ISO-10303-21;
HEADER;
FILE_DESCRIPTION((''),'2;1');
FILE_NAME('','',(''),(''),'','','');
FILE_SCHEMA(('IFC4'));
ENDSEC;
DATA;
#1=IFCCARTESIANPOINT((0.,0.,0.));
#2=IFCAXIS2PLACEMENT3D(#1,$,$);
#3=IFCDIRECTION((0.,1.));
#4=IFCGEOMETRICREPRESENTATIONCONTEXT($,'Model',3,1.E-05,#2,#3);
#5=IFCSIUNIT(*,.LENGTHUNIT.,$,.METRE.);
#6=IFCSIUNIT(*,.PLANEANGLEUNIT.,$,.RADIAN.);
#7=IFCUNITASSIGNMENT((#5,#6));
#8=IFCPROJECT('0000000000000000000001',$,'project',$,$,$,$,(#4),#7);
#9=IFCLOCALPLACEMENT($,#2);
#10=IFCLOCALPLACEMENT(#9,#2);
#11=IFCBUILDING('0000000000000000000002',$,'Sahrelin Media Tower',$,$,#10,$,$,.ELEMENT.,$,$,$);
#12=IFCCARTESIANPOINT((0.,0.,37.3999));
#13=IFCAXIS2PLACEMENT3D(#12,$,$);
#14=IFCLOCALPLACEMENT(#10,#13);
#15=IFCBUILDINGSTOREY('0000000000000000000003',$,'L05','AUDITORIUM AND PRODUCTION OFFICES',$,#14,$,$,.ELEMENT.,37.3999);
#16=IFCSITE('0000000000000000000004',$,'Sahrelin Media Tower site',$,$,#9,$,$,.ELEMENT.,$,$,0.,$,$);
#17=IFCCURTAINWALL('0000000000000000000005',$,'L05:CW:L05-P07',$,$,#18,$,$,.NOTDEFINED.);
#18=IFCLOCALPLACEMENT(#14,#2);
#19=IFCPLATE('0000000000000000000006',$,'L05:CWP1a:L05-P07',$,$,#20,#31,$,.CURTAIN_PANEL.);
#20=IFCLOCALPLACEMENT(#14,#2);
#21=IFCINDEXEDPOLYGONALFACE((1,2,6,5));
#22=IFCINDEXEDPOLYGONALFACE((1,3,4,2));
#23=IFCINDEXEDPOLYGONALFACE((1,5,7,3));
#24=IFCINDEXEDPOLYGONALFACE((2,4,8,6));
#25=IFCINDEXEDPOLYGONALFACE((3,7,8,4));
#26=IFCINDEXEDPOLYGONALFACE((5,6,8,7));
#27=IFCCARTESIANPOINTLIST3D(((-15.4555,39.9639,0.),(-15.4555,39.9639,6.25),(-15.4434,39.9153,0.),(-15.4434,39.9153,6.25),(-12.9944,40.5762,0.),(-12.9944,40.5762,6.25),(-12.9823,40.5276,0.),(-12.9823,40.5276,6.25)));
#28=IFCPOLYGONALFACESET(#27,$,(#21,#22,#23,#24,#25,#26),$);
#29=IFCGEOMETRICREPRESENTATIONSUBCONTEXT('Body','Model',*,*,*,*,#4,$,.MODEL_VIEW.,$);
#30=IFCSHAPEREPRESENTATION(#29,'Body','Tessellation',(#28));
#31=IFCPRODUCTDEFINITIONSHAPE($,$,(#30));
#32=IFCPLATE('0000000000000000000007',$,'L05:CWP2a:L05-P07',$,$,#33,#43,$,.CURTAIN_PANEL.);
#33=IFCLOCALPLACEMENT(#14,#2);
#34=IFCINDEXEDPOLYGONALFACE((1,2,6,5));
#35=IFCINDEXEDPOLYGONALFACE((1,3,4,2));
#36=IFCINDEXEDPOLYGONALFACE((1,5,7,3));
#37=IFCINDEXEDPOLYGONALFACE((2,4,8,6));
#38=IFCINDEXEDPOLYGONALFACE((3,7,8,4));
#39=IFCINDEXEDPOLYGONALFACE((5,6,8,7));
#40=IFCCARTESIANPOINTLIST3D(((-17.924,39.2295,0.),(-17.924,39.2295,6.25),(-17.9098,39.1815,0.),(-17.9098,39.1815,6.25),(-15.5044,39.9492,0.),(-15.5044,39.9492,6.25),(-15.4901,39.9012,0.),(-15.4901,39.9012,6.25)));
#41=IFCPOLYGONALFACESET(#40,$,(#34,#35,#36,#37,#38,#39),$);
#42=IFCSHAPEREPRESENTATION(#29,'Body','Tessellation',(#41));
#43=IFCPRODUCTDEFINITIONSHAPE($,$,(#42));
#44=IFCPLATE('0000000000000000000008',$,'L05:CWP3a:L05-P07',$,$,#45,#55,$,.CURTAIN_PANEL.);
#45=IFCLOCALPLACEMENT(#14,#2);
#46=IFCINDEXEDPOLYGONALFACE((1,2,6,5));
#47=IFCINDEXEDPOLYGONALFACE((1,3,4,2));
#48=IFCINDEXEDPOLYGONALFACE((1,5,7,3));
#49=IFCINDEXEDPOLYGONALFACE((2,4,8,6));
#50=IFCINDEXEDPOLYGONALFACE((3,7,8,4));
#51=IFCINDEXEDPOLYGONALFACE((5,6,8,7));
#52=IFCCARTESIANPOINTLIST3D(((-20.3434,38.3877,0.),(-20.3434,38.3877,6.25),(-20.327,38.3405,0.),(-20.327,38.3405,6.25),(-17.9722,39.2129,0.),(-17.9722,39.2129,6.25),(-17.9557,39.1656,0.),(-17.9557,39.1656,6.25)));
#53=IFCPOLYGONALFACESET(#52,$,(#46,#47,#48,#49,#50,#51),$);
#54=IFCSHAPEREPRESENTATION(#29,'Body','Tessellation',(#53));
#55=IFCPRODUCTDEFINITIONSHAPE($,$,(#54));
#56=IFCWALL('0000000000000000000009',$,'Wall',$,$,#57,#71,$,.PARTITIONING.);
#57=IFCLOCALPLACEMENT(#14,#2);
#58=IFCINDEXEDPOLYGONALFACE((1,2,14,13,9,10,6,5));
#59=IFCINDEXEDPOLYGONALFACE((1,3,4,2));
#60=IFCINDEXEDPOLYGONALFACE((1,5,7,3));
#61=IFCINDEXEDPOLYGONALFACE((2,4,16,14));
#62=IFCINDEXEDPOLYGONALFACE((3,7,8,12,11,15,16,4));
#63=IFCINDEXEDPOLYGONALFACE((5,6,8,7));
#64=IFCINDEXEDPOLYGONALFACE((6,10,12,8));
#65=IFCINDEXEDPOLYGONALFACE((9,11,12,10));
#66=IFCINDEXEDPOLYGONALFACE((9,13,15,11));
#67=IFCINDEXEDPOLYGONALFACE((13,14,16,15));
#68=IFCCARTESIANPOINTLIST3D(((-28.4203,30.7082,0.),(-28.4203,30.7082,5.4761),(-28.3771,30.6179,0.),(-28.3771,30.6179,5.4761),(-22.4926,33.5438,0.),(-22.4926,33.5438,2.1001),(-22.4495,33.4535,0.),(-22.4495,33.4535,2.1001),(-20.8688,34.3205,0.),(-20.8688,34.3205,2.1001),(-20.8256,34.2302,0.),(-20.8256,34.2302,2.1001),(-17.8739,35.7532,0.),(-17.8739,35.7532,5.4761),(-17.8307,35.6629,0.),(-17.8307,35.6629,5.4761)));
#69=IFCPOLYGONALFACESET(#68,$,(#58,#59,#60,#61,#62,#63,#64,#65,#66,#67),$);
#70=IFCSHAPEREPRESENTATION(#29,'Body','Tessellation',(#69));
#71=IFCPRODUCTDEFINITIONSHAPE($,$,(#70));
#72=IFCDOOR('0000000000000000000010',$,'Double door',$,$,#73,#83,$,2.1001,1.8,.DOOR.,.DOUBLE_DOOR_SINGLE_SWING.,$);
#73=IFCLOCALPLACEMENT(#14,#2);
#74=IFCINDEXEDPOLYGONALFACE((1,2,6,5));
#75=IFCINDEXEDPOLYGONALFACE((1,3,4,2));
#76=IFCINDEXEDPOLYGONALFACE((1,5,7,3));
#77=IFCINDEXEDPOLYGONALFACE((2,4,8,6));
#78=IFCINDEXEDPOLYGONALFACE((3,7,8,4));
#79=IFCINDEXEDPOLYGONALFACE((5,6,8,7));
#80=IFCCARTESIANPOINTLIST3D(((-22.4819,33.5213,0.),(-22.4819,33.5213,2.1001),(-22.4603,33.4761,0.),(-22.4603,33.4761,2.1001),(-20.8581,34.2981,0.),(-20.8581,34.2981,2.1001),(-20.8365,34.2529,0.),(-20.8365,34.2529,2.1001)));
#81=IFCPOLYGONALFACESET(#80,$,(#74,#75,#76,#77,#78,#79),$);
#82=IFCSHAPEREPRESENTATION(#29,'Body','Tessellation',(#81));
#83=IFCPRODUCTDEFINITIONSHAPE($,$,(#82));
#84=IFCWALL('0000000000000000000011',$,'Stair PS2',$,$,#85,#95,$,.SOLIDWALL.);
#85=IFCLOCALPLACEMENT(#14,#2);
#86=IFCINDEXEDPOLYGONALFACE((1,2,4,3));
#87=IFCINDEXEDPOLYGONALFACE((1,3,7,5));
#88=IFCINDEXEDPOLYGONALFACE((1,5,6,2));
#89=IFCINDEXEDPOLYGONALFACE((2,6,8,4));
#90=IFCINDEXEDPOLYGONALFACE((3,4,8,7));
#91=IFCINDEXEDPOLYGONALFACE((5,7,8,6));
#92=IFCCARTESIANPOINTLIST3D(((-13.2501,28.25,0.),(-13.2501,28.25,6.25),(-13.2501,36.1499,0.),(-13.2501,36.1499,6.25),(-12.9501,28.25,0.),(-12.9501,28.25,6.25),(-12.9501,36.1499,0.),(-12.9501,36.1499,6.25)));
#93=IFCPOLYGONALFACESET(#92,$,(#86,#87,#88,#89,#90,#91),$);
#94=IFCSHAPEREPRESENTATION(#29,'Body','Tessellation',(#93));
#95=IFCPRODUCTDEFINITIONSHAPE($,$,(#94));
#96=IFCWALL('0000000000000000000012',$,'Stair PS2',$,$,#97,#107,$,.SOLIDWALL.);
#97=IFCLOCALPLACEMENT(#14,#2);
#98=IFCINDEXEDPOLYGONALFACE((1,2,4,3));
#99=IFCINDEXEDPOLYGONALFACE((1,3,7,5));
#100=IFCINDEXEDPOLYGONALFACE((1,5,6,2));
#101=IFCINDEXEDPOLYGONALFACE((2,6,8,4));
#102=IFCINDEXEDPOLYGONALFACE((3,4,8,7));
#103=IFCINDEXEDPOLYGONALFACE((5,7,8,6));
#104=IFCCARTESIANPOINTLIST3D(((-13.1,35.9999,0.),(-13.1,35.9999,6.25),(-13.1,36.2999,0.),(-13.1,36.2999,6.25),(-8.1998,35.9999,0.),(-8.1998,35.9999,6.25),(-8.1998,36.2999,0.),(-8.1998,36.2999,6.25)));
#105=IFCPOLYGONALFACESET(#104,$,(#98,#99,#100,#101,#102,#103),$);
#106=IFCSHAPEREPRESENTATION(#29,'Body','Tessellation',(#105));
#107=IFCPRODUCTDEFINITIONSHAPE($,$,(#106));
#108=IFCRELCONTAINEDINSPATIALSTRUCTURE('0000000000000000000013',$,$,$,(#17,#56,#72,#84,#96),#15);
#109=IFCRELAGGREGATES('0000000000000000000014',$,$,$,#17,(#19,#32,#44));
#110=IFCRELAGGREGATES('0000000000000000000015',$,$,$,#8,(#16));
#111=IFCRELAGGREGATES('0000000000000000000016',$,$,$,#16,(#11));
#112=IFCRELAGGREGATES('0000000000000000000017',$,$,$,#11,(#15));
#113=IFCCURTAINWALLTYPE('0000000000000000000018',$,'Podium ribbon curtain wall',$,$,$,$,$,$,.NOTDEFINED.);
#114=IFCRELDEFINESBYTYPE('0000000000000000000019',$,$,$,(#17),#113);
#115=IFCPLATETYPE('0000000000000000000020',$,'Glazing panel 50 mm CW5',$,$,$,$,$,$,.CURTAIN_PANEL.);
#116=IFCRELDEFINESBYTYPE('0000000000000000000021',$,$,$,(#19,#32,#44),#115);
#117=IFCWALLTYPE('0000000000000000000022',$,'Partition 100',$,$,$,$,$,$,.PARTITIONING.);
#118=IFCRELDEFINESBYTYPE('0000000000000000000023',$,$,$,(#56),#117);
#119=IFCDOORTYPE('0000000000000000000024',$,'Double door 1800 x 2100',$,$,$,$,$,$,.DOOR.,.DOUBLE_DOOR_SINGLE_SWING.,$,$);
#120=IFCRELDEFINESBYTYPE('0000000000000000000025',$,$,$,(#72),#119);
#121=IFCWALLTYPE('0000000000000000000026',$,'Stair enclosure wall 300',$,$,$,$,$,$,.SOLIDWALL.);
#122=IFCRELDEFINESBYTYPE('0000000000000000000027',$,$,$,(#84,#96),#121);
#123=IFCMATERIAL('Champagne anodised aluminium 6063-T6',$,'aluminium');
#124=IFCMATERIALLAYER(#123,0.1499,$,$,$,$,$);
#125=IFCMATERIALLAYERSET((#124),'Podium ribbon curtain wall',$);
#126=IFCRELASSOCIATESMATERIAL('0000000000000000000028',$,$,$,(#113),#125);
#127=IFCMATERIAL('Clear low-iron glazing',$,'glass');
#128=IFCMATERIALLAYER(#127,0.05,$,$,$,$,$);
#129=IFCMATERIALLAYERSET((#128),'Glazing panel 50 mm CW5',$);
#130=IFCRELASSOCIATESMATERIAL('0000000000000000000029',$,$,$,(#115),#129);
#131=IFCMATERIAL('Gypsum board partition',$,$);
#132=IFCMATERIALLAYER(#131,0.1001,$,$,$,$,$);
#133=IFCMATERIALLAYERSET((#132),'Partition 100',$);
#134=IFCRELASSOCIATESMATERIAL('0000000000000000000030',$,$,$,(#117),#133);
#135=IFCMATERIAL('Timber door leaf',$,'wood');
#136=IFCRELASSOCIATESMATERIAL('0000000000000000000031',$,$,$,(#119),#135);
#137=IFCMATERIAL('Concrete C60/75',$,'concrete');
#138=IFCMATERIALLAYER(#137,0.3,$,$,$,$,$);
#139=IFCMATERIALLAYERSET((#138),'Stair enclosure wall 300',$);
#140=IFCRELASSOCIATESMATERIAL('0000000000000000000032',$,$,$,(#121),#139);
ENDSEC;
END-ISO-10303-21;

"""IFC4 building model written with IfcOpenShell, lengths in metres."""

from ifc_helpers import new_model, si_unit, direction, frame, frame_2d, origin, place, context, subcontext, project, spatial, polyline, rectangle, outline, extrude, material, layer, layer_set, type_object, element, fill, aggregate, save


model = new_model("IFC4")

# Units and contexts
model_context = context("Model", 3, precision=1e-05, world=origin(), true_north=direction((0.0, 1.0)))
body_context = subcontext(model_context, "Body", "Model", "MODEL_VIEW")
ifc_project = project(units=[si_unit("LENGTHUNIT", "METRE"), si_unit("PLANEANGLEUNIT", "RADIAN")], contexts=[model_context])

# Site, building, storey
site_placement = place(None, origin())
site = spatial("IfcSite", under=ifc_project, at=site_placement, Name="Sahrelin Media Tower site", CompositionType="ELEMENT", RefElevation=0.0)
building_placement = place(site_placement, origin())
building = spatial("IfcBuilding", under=site, at=building_placement, Name="Sahrelin Media Tower", CompositionType="ELEMENT")
storey_placement = place(building_placement, frame((0.0, 0.0, 37.3999)))
storey = spatial("IfcBuildingStorey", under=building, at=storey_placement, Name="L05", Description="AUDITORIUM AND PRODUCTION OFFICES", CompositionType="ELEMENT", Elevation=37.3999)

# Shared definitions
ifc_material_1 = material(Name="Champagne anodised aluminium 6063-T6", Category="aluminium")
ifc_layer_1 = layer(ifc_material_1, 0.1499)
ifc_layer_set_1 = layer_set([ifc_layer_1], Name="Podium ribbon curtain wall")
curtain_wall_type = type_object("IfcCurtainWallType", Name="Podium ribbon curtain wall", PredefinedType="NOTDEFINED", material=ifc_layer_set_1)

# Curtain wall
curtain_wall_1_placement = place(storey_placement, frame((-12.9409, 40.5688, 0.0), z_axis=(0.0, 0.0, 1.0), x_axis=(1.0, 0.0, 0.0)))
curtain_wall_1 = element("IfcCurtainWall", 1, at=curtain_wall_1_placement, inside=storey, type_object=curtain_wall_type, Name="L05:CW:L05-P07", PredefinedType="NOTDEFINED")

# Plates
ifc_material_2 = material(Name="Clear low-iron glazing", Category="glass")
ifc_layer_2 = layer(ifc_material_2, 0.05)
ifc_layer_set_2 = layer_set([ifc_layer_2], Name="Glazing panel 50 mm CW5")
plate_type = type_object("IfcPlateType", Name="Glazing panel 50 mm CW5", PredefinedType="CURTAIN_PANEL", material=ifc_layer_set_2)
plate_1_placement = place(storey_placement, frame((-12.9944, 40.5762, 0.0), z_axis=(-0.241426, 0.970419, 0.0), x_axis=(-0.970419, -0.241426, 0.0)))
plate_1 = element("IfcPlate", 2, at=plate_1_placement, type_object=plate_type, Name="L05:CWP1a:L05-P07", PredefinedType="CURTAIN_PANEL", context=body_context, shape_type="SweptSolid", body=[
    extrude(outline(polyline([(0.0, 0.0), (2.5361, 0.0), (2.5361, 6.25), (0.0, 6.25), (0.0, 0.0)])), origin(), (0.0, 0.0, -1.0), 0.05),
])
plate_2_placement = place(storey_placement, frame((-15.5044, 39.9492, 0.0), z_axis=(-0.285102, 0.958497, 0.0), x_axis=(-0.958497, -0.285102, 0.0)))
plate_2 = element("IfcPlate", 3, at=plate_2_placement, type_object=plate_type, Name="L05:CWP2a:L05-P07", PredefinedType="CURTAIN_PANEL", context=body_context, shape_type="SweptSolid", body=[
    extrude(outline(polyline([(0.0, 0.0), (2.5244, 0.0), (2.5244, 6.25), (0.0, 6.25), (0.0, 0.0)])), origin(), (0.0, 0.0, -1.0), 0.05),
])
plate_3_placement = place(storey_placement, frame((-17.9722, 39.2129, 0.0), z_axis=(-0.328656, 0.94445, 0.0), x_axis=(-0.94445, -0.328656, 0.0)))
plate_3 = element("IfcPlate", 4, at=plate_3_placement, type_object=plate_type, Name="L05:CWP3a:L05-P07", PredefinedType="CURTAIN_PANEL", context=body_context, shape_type="SweptSolid", body=[
    extrude(outline(polyline([(0.0, 0.0), (2.5107, 0.0), (2.5107, 6.25), (0.0, 6.25), (0.0, 0.0)])), origin(), (0.0, 0.0, -1.0), 0.05),
])
aggregate(curtain_wall_1, [plate_1, plate_2, plate_3])

# Wall, opening, door
ifc_material_3 = material(Name="Gypsum board partition")
ifc_layer_3 = layer(ifc_material_3, 0.1001)
ifc_layer_set_3 = layer_set([ifc_layer_3], Name="Partition 100")
wall_type_1 = type_object("IfcWallType", Name="Partition 100", PredefinedType="PARTITIONING", material=ifc_layer_set_3)
wall_1_placement = place(storey_placement, frame((-17.8523, 35.708, 0.0), z_axis=(0.0, 0.0, 1.0), x_axis=(-0.902101, -0.431525, 0.0)))
wall_1 = element("IfcWall", 5, at=wall_1_placement, inside=storey, type_object=wall_type_1, Name="Wall", PredefinedType="PARTITIONING", context=body_context, shape_type="SweptSolid", body=[
    extrude(rectangle(XDim=11.6909, YDim=0.1001, at=frame_2d((5.8455, 0.0))), origin(), (0.0, 0.0, 1.0), 5.4761),
])
opening_placement = place(wall_1_placement, frame((3.3201, 0.0, 0.0)))
opening = element("IfcOpeningElement", 6, at=opening_placement, cuts=wall_1, PredefinedType="OPENING", context=body_context, shape_type="SweptSolid", body=[
    extrude(rectangle(XDim=1.8, YDim=2.1001, at=frame_2d((0.8999, 1.05))), frame((0.0, 0.05, 0.0), z_axis=(0.0, -1.0, 0.0), x_axis=(1.0, 0.0, 0.0)), (0.0, 0.0, 1.0), 0.1001),
])
ifc_material_4 = material(Name="Timber door leaf", Category="wood")
door_type = type_object("IfcDoorType", Name="Double door 1800 x 2100", OperationType="DOUBLE_DOOR_SINGLE_SWING", PredefinedType="DOOR", material=ifc_material_4)
door_placement = place(opening_placement, origin())
door = element("IfcDoor", 7, at=door_placement, inside=storey, type_object=door_type, Name="Double door", OperationType="DOUBLE_DOOR_SINGLE_SWING", OverallHeight=2.1001, OverallWidth=1.8, PredefinedType="DOOR", context=body_context, shape_type="SweptSolid", body=[
    extrude(rectangle(XDim=1.8, YDim=2.1001, at=frame_2d((0.8999, 1.05))), frame((0.0, 0.0249, 0.0), z_axis=(0.0, -1.0, 0.0), x_axis=(1.0, 0.0, 0.0)), (0.0, 0.0, 1.0), 0.05),
])
fill(opening, door)

# Walls
ifc_material_5 = material(Name="Concrete C60/75", Category="concrete")
ifc_layer_4 = layer(ifc_material_5, 0.3)
ifc_layer_set_4 = layer_set([ifc_layer_4], Name="Stair enclosure wall 300")
wall_type_2 = type_object("IfcWallType", Name="Stair enclosure wall 300", PredefinedType="SOLIDWALL", material=ifc_layer_set_4)
wall_2_placement = place(storey_placement, frame((-13.1001, 28.25, 0.0), z_axis=(0.0, 0.0, 1.0), x_axis=(0.0, 1.0, 0.0)))
element("IfcWall", 8, at=wall_2_placement, inside=storey, type_object=wall_type_2, Name="Stair PS2", PredefinedType="SOLIDWALL", context=body_context, shape_type="SweptSolid", body=[
    extrude(rectangle(XDim=7.8999, YDim=0.3, at=frame_2d((3.95, 0.0))), origin(), (0.0, 0.0, 1.0), 6.25),
])
wall_3_placement = place(storey_placement, frame((-13.1001, 36.1499, 0.0), z_axis=(0.0, 0.0, 1.0), x_axis=(1.0, 0.0, 0.0)))
element("IfcWall", 9, at=wall_3_placement, inside=storey, type_object=wall_type_2, Name="Stair PS2", PredefinedType="SOLIDWALL", context=body_context, shape_type="SweptSolid", body=[
    extrude(rectangle(XDim=4.9001, YDim=0.3, at=frame_2d((2.4502, 0.0))), origin(), (0.0, 0.0, 1.0), 6.25),
])

save(model, "model.ifc")
